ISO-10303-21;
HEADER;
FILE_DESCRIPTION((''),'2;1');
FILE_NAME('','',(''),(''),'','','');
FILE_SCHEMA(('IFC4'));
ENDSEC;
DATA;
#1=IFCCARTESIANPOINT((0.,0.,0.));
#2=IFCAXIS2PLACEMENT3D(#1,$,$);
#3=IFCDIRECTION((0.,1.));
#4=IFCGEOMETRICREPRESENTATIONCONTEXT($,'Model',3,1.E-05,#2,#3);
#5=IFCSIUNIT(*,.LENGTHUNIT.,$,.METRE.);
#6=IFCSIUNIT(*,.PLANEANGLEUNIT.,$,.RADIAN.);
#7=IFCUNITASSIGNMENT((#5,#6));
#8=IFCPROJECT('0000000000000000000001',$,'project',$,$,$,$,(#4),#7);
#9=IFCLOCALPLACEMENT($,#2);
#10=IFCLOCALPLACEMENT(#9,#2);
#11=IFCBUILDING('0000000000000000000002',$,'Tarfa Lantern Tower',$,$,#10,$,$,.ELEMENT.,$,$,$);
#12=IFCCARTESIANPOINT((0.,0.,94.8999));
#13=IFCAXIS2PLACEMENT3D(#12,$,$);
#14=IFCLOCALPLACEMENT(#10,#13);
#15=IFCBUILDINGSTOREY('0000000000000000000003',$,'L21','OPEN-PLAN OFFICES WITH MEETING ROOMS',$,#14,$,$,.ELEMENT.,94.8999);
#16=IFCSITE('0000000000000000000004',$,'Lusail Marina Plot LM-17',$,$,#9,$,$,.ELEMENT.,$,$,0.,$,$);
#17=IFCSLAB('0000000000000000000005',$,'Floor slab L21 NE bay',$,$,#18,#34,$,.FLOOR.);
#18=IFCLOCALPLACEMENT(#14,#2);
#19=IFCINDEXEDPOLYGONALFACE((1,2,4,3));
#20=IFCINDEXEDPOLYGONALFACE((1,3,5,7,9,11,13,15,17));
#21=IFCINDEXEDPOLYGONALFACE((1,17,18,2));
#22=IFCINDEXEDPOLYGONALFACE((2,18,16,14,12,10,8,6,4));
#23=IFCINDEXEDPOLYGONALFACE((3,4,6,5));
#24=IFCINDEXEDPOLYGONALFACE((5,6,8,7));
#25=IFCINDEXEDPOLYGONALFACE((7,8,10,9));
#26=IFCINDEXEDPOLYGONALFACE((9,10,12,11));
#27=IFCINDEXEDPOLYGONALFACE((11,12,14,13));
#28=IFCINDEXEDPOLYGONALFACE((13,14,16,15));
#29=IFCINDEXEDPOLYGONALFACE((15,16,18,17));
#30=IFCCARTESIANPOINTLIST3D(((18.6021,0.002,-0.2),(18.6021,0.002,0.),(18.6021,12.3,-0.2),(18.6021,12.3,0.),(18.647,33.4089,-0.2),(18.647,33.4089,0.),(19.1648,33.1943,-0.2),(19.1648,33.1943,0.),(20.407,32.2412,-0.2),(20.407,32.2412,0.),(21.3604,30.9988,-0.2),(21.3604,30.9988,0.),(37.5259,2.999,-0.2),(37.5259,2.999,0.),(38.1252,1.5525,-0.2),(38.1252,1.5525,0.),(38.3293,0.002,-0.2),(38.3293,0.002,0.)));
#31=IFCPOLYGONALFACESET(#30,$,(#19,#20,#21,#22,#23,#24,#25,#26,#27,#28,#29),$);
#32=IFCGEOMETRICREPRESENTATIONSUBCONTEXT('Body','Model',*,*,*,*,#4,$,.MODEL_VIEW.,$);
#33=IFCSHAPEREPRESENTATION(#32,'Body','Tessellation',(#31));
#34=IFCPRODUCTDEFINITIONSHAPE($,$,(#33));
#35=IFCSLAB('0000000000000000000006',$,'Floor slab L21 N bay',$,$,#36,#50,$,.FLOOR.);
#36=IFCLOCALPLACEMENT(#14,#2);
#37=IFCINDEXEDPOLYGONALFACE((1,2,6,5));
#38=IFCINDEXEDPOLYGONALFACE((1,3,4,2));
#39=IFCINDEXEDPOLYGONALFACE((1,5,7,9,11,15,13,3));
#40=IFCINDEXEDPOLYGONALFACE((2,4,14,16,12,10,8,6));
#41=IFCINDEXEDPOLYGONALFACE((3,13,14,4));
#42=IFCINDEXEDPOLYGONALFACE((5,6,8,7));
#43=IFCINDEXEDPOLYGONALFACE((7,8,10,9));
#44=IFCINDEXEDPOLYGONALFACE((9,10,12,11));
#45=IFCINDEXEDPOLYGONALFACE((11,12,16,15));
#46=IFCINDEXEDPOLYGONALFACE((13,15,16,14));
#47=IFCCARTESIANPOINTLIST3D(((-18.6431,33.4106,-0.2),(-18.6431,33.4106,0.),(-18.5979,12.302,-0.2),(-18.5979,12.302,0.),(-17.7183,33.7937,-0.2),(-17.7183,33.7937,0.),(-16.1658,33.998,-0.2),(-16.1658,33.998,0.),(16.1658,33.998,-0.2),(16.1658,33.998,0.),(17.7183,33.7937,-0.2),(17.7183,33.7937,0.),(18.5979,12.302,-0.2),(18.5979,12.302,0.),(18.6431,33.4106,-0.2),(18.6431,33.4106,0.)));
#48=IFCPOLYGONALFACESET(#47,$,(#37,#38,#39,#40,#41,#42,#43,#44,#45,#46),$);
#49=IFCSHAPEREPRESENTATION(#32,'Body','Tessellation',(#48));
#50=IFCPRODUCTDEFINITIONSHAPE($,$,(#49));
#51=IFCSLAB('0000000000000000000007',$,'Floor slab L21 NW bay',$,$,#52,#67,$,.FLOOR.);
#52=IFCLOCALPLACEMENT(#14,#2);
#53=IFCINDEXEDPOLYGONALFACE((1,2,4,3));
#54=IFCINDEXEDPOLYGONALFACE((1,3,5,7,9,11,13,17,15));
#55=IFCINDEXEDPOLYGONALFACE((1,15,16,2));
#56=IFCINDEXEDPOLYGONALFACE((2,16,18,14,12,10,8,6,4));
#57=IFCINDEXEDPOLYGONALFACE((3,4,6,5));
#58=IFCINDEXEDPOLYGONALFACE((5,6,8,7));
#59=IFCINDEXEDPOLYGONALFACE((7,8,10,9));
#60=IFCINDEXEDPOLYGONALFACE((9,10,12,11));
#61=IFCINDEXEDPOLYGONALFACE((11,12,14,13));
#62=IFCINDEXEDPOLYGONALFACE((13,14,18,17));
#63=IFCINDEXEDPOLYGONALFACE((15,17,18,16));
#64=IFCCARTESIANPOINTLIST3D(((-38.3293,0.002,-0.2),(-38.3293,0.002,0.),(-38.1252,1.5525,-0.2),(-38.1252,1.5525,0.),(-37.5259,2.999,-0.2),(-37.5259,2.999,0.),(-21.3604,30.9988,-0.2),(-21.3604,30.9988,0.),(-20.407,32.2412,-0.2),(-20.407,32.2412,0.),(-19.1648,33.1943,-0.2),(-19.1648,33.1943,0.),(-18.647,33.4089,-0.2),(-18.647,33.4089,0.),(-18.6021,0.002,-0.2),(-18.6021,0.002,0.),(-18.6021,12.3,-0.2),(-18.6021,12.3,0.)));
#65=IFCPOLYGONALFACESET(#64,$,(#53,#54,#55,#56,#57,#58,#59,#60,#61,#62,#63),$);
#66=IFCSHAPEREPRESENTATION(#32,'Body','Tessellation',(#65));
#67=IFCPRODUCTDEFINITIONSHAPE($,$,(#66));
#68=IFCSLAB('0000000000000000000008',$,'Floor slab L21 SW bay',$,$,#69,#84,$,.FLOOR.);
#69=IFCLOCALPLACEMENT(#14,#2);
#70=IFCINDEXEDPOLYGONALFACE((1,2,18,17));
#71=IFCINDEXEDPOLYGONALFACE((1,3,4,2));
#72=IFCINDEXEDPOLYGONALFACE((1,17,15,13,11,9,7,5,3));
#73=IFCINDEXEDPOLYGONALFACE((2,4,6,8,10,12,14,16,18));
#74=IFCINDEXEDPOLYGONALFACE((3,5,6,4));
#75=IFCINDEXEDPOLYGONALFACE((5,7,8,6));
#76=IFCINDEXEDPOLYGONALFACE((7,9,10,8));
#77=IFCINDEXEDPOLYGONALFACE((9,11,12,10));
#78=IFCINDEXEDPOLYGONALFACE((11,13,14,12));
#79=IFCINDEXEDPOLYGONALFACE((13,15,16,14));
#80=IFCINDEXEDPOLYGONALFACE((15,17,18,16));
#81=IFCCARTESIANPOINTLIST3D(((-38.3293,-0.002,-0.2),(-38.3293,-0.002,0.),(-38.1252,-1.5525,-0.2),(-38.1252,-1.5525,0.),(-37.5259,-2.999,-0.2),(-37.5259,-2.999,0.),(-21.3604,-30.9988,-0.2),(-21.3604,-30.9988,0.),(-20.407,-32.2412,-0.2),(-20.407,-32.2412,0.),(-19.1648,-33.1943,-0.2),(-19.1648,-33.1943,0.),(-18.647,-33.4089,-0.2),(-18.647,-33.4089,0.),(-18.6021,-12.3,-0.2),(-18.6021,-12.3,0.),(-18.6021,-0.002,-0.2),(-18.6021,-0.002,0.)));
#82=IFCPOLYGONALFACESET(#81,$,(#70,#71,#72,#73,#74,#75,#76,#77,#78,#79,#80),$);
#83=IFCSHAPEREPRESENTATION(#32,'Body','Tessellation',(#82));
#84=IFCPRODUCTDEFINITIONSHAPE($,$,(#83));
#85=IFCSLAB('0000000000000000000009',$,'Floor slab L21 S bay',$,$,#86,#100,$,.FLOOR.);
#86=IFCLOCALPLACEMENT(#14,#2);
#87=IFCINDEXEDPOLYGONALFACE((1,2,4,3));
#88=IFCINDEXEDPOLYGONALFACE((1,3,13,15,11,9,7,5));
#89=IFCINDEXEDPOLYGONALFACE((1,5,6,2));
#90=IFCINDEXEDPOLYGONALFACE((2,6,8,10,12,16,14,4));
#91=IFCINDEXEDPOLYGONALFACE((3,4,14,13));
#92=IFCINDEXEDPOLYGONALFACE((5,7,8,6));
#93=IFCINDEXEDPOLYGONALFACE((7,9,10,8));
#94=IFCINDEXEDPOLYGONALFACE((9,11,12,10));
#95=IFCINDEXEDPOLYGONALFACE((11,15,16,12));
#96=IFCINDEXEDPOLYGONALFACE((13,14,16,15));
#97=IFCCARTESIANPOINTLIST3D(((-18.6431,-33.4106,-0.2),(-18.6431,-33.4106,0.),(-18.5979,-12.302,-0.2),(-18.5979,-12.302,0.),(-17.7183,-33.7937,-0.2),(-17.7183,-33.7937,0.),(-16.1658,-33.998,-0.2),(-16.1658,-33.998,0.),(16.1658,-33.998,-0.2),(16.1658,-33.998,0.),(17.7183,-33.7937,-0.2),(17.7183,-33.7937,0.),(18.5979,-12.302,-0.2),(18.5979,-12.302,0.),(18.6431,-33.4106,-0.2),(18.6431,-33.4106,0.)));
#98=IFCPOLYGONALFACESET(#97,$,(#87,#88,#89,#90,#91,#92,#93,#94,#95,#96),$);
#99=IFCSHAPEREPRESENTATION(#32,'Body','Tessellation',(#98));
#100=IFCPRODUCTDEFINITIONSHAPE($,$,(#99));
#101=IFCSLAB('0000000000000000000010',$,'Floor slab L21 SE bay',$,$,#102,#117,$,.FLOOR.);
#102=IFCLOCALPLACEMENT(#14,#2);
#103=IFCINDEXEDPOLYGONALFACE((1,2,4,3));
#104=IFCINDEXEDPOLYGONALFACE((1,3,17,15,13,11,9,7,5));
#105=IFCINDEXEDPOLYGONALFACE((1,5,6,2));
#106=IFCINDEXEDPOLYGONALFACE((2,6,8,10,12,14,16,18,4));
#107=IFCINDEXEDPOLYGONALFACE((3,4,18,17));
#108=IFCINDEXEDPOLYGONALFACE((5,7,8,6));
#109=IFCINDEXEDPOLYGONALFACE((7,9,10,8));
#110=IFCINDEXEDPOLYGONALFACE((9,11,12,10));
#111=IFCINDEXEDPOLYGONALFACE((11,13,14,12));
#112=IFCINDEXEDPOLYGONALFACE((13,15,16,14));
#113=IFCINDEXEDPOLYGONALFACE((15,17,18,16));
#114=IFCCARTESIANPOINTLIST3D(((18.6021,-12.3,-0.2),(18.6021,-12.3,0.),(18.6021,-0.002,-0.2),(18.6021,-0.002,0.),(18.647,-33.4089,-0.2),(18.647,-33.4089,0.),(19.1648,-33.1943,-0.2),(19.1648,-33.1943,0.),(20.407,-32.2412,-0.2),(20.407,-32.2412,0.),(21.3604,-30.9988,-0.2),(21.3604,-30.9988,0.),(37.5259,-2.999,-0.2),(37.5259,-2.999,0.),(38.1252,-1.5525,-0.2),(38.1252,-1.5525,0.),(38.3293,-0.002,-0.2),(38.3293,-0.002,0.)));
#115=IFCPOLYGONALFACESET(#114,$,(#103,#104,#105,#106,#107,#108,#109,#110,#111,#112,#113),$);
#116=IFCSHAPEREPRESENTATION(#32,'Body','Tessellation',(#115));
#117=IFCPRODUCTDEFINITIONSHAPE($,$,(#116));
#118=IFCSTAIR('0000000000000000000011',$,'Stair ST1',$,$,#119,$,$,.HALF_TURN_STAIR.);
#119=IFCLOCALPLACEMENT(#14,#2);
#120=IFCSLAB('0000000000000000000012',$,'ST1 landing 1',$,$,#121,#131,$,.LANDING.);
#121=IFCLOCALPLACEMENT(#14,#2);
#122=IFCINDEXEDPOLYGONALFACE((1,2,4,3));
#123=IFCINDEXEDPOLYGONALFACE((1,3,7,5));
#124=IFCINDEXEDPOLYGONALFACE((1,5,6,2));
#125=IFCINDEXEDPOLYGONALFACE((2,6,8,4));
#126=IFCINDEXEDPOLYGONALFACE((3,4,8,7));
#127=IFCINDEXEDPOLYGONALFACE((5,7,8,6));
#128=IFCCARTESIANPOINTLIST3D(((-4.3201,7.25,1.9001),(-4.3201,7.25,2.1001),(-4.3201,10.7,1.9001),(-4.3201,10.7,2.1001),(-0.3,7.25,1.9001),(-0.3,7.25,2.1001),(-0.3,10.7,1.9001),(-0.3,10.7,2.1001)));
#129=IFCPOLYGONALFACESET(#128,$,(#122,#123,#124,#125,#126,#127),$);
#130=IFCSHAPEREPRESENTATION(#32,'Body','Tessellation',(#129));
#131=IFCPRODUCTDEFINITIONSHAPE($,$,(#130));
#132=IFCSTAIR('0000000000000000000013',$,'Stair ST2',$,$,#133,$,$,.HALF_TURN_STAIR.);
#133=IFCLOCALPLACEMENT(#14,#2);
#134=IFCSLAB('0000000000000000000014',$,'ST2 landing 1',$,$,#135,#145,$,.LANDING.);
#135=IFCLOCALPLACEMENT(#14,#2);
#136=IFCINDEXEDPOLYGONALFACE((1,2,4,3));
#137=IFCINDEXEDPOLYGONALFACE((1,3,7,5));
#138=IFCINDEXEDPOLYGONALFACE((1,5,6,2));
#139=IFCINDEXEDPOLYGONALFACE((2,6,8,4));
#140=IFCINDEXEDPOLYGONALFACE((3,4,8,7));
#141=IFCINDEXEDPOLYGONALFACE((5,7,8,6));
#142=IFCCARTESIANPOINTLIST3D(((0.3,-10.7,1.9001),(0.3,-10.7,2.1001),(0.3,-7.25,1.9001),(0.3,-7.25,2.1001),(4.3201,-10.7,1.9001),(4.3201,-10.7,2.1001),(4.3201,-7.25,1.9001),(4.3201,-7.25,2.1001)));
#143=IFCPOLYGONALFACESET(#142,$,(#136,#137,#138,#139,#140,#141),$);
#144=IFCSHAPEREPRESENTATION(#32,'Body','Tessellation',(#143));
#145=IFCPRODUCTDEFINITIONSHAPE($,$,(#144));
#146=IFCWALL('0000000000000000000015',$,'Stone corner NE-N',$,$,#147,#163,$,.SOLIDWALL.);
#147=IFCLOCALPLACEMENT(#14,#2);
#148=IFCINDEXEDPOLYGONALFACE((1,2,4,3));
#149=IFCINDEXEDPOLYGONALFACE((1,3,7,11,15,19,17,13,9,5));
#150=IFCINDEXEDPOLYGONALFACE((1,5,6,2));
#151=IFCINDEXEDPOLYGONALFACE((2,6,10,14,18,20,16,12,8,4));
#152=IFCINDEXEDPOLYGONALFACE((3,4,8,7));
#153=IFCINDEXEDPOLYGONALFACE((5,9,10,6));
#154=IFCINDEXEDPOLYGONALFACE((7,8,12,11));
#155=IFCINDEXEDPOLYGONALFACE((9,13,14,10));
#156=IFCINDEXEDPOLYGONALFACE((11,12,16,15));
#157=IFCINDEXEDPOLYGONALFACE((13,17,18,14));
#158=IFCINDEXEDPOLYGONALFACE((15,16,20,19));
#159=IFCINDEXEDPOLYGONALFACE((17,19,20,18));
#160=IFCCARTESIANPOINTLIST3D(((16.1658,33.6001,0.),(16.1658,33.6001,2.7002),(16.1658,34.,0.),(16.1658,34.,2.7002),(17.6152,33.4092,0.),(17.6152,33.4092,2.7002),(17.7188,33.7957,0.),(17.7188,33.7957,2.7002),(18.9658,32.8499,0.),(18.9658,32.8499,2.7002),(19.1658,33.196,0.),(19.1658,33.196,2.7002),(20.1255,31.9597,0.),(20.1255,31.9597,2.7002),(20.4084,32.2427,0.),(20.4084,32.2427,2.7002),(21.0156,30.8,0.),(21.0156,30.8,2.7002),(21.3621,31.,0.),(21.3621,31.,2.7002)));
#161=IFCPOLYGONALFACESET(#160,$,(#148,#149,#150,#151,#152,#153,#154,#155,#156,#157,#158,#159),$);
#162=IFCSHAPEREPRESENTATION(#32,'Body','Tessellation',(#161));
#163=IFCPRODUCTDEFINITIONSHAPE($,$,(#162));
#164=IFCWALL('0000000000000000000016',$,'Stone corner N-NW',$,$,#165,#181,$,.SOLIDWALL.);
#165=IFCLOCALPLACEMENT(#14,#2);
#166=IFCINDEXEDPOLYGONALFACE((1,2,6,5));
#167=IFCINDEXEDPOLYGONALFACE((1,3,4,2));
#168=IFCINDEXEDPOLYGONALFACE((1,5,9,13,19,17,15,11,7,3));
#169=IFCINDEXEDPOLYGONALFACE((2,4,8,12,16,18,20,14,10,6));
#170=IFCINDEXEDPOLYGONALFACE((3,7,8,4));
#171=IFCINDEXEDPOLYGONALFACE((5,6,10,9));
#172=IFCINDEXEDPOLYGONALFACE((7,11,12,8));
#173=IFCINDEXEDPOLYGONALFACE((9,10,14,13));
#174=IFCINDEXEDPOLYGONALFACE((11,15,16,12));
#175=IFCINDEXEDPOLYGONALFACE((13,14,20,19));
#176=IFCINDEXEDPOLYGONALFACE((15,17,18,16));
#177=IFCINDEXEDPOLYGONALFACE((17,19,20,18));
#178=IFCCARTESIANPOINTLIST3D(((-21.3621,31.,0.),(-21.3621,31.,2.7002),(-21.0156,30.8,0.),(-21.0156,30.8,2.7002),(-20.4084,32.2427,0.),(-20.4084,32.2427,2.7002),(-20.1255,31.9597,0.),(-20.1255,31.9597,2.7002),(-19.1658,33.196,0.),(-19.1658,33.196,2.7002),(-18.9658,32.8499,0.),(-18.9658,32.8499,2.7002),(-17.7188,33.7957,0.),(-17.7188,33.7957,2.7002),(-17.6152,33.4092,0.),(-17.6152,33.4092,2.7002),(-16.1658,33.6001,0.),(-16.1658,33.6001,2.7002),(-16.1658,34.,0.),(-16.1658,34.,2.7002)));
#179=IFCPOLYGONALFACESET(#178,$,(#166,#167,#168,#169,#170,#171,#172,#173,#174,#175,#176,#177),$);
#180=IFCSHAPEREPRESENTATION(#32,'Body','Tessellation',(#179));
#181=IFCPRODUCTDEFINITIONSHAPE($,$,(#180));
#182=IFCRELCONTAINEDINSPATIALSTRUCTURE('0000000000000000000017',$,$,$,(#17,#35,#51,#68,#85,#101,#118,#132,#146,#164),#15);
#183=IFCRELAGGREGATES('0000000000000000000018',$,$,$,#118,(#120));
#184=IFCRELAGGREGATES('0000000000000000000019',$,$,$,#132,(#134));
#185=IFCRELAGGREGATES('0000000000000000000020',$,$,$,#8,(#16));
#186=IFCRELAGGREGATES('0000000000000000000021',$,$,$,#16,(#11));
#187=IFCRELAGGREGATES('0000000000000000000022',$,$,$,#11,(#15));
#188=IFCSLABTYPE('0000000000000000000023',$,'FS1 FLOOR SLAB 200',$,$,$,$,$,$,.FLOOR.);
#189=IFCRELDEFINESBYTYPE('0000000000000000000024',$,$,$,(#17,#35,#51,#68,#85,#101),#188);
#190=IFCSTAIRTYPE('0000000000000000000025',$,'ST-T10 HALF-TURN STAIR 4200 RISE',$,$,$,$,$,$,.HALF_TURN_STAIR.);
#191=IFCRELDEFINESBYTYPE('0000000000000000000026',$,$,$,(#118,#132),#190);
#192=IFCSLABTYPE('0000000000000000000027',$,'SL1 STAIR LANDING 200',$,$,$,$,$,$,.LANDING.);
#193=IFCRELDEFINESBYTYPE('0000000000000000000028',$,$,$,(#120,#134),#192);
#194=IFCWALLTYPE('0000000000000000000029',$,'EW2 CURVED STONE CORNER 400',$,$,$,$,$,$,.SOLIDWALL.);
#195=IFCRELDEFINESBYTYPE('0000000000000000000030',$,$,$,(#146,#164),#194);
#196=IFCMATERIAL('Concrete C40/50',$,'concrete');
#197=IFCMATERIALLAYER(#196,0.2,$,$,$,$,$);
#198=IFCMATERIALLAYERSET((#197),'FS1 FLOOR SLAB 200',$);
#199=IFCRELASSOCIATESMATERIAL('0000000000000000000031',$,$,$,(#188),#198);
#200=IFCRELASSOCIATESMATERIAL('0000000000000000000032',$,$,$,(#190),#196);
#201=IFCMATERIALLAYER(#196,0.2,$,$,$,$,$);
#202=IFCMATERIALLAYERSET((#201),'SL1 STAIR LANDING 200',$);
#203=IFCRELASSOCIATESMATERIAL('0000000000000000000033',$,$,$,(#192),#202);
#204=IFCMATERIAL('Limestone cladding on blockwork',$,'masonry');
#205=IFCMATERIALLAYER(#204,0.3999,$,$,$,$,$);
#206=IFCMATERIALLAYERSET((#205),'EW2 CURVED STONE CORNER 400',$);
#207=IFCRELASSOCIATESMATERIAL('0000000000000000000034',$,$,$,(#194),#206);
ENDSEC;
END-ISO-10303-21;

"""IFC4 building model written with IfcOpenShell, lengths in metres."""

from ifc_helpers import new_model, si_unit, direction, frame, origin, place, context, subcontext, project, spatial, polyline, outline, extrude, material, layer, layer_set, type_object, element, aggregate, save


model = new_model("IFC4")

# Units and contexts
model_context = context("Model", 3, precision=1e-05, world=origin(), true_north=direction((0.0, 1.0)))
body_context = subcontext(model_context, "Body", "Model", "MODEL_VIEW")
ifc_project = project(units=[si_unit("LENGTHUNIT", "METRE"), si_unit("PLANEANGLEUNIT", "RADIAN")], contexts=[model_context])

# Site, building, storey
site_placement = place(None, origin())
site = spatial("IfcSite", under=ifc_project, at=site_placement, Name="Lusail Marina Plot LM-17", CompositionType="ELEMENT", RefElevation=0.0)
building_placement = place(site_placement, origin())
building = spatial("IfcBuilding", under=site, at=building_placement, Name="Tarfa Lantern Tower", CompositionType="ELEMENT")
storey_placement = place(building_placement, frame((0.0, 0.0, 94.8999)))
storey = spatial("IfcBuildingStorey", under=building, at=storey_placement, Name="L21", Description="OPEN-PLAN OFFICES WITH MEETING ROOMS", CompositionType="ELEMENT", Elevation=94.8999)

# Slabs
ifc_material_1 = material(Name="Concrete C40/50", Category="concrete")
ifc_layer_1 = layer(ifc_material_1, 0.2)
ifc_layer_set_1 = layer_set([ifc_layer_1], Name="FS1 FLOOR SLAB 200")
slab_type_1 = type_object("IfcSlabType", Name="FS1 FLOOR SLAB 200", PredefinedType="FLOOR", material=ifc_layer_set_1)
slab_1_placement = place(storey_placement, frame((0.0, 0.0, -0.2)))
element("IfcSlab", 1, at=slab_1_placement, inside=storey, type_object=slab_type_1, Name="Floor slab L21 NE bay", PredefinedType="FLOOR", context=body_context, shape_type="SweptSolid", body=[
    extrude(outline(polyline([(37.5259, 2.999), (21.3604, 30.9988), (20.407, 32.2412), (19.1648, 33.1943), (18.647, 33.4089), (18.6021, 12.3), (18.6021, 0.002), (38.3293, 0.002), (38.1252, 1.5525), (37.5259, 2.999)])), origin(), (0.0, 0.0, 1.0), 0.2),
])
slab_2_placement = place(storey_placement, frame((0.0, 0.0, -0.2)))
element("IfcSlab", 2, at=slab_2_placement, inside=storey, type_object=slab_type_1, Name="Floor slab L21 N bay", PredefinedType="FLOOR", context=body_context, shape_type="SweptSolid", body=[
    extrude(outline(polyline([(-18.5979, 12.302), (18.5979, 12.302), (18.6431, 33.4106), (17.7183, 33.7937), (16.1658, 33.998), (-16.1658, 33.998), (-17.7183, 33.7937), (-18.6431, 33.4106), (-18.5979, 12.302)])), origin(), (0.0, 0.0, 1.0), 0.2),
])
slab_3_placement = place(storey_placement, frame((0.0, 0.0, -0.2)))
element("IfcSlab", 3, at=slab_3_placement, inside=storey, type_object=slab_type_1, Name="Floor slab L21 NW bay", PredefinedType="FLOOR", context=body_context, shape_type="SweptSolid", body=[
    extrude(outline(polyline([(-18.6021, 0.002), (-18.6021, 12.3), (-18.647, 33.4089), (-19.1648, 33.1943), (-20.407, 32.2412), (-21.3604, 30.9988), (-37.5259, 2.999), (-38.1252, 1.5525), (-38.3293, 0.002), (-18.6021, 0.002)])), origin(), (0.0, 0.0, 1.0), 0.2),
])
slab_4_placement = place(storey_placement, frame((0.0, 0.0, -0.2)))
element("IfcSlab", 4, at=slab_4_placement, inside=storey, type_object=slab_type_1, Name="Floor slab L21 SW bay", PredefinedType="FLOOR", context=body_context, shape_type="SweptSolid", body=[
    extrude(outline(polyline([(-18.6021, -12.3), (-18.6021, -0.002), (-38.3293, -0.002), (-38.1252, -1.5525), (-37.5259, -2.999), (-21.3604, -30.9988), (-20.407, -32.2412), (-19.1648, -33.1943), (-18.647, -33.4089), (-18.6021, -12.3)])), origin(), (0.0, 0.0, 1.0), 0.2),
])
slab_5_placement = place(storey_placement, frame((0.0, 0.0, -0.2)))
element("IfcSlab", 5, at=slab_5_placement, inside=storey, type_object=slab_type_1, Name="Floor slab L21 S bay", PredefinedType="FLOOR", context=body_context, shape_type="SweptSolid", body=[
    extrude(outline(polyline([(18.5979, -12.302), (-18.5979, -12.302), (-18.6431, -33.4106), (-17.7183, -33.7937), (-16.1658, -33.998), (16.1658, -33.998), (17.7183, -33.7937), (18.6431, -33.4106), (18.5979, -12.302)])), origin(), (0.0, 0.0, 1.0), 0.2),
])
slab_6_placement = place(storey_placement, frame((0.0, 0.0, -0.2)))
element("IfcSlab", 6, at=slab_6_placement, inside=storey, type_object=slab_type_1, Name="Floor slab L21 SE bay", PredefinedType="FLOOR", context=body_context, shape_type="SweptSolid", body=[
    extrude(outline(polyline([(18.6021, -0.002), (18.6021, -12.3), (18.647, -33.4089), (19.1648, -33.1943), (20.407, -32.2412), (21.3604, -30.9988), (37.5259, -2.999), (38.1252, -1.5525), (38.3293, -0.002), (18.6021, -0.002)])), origin(), (0.0, 0.0, 1.0), 0.2),
])

# Stairs, slabs
stair_type = type_object("IfcStairType", Name="ST-T10 HALF-TURN STAIR 4200 RISE", PredefinedType="HALF_TURN_STAIR", material=ifc_material_1)
stair_1_placement = place(storey_placement, origin())
stair_1 = element("IfcStair", 7, at=stair_1_placement, inside=storey, type_object=stair_type, Name="Stair ST1", PredefinedType="HALF_TURN_STAIR")
ifc_layer_2 = layer(ifc_material_1, 0.2)
ifc_layer_set_2 = layer_set([ifc_layer_2], Name="SL1 STAIR LANDING 200")
slab_type_2 = type_object("IfcSlabType", Name="SL1 STAIR LANDING 200", PredefinedType="LANDING", material=ifc_layer_set_2)
slab_7_placement = place(storey_placement, frame((0.0, 0.0, 1.9001)))
slab_7 = element("IfcSlab", 8, at=slab_7_placement, type_object=slab_type_2, Name="ST1 landing 1", PredefinedType="LANDING", context=body_context, shape_type="SweptSolid", body=[
    extrude(outline(polyline([(-4.3201, 7.25), (-0.3, 7.25), (-0.3, 10.7), (-4.3201, 10.7), (-4.3201, 7.25)])), origin(), (0.0, 0.0, 1.0), 0.2),
])
aggregate(stair_1, [slab_7])
stair_2_placement = place(storey_placement, origin())
stair_2 = element("IfcStair", 9, at=stair_2_placement, inside=storey, type_object=stair_type, Name="Stair ST2", PredefinedType="HALF_TURN_STAIR")
slab_8_placement = place(storey_placement, frame((0.0, 0.0, 1.9001)))
slab_8 = element("IfcSlab", 10, at=slab_8_placement, type_object=slab_type_2, Name="ST2 landing 1", PredefinedType="LANDING", context=body_context, shape_type="SweptSolid", body=[
    extrude(outline(polyline([(4.3201, -7.25), (0.3, -7.25), (0.3, -10.7), (4.3201, -10.7), (4.3201, -7.25)])), origin(), (0.0, 0.0, 1.0), 0.2),
])
aggregate(stair_2, [slab_8])

# Walls
ifc_material_2 = material(Name="Limestone cladding on blockwork", Category="masonry")
ifc_layer_3 = layer(ifc_material_2, 0.3999)
ifc_layer_set_3 = layer_set([ifc_layer_3], Name="EW2 CURVED STONE CORNER 400")
wall_type_1 = type_object("IfcWallType", Name="EW2 CURVED STONE CORNER 400", PredefinedType="SOLIDWALL", material=ifc_layer_set_3)
wall_1_placement = place(storey_placement, origin())
element("IfcWall", 11, at=wall_1_placement, inside=storey, type_object=wall_type_1, Name="Stone corner NE-N", PredefinedType="SOLIDWALL", context=body_context, shape_type="SweptSolid", body=[
    extrude(outline(polyline([(21.3621, 31.0), (20.4084, 32.2427), (19.1658, 33.196), (17.7188, 33.7957), (16.1658, 34.0), (16.1658, 33.6001), (17.6152, 33.4092), (18.9658, 32.8499), (20.1255, 31.9597), (21.0156, 30.8), (21.3621, 31.0)])), origin(), (0.0, 0.0, 1.0), 2.7002),
])
wall_2_placement = place(storey_placement, origin())
element("IfcWall", 12, at=wall_2_placement, inside=storey, type_object=wall_type_1, Name="Stone corner N-NW", PredefinedType="SOLIDWALL", context=body_context, shape_type="SweptSolid", body=[
    extrude(outline(polyline([(-16.1658, 34.0), (-17.7188, 33.7957), (-19.1658, 33.196), (-20.4084, 32.2427), (-21.3621, 31.0), (-21.0156, 30.8), (-20.1255, 31.9597), (-18.9658, 32.8499), (-17.6152, 33.4092), (-16.1658, 33.6001), (-16.1658, 34.0)])), origin(), (0.0, 0.0, 1.0), 2.7002),
])

save(model, "model.ifc")
